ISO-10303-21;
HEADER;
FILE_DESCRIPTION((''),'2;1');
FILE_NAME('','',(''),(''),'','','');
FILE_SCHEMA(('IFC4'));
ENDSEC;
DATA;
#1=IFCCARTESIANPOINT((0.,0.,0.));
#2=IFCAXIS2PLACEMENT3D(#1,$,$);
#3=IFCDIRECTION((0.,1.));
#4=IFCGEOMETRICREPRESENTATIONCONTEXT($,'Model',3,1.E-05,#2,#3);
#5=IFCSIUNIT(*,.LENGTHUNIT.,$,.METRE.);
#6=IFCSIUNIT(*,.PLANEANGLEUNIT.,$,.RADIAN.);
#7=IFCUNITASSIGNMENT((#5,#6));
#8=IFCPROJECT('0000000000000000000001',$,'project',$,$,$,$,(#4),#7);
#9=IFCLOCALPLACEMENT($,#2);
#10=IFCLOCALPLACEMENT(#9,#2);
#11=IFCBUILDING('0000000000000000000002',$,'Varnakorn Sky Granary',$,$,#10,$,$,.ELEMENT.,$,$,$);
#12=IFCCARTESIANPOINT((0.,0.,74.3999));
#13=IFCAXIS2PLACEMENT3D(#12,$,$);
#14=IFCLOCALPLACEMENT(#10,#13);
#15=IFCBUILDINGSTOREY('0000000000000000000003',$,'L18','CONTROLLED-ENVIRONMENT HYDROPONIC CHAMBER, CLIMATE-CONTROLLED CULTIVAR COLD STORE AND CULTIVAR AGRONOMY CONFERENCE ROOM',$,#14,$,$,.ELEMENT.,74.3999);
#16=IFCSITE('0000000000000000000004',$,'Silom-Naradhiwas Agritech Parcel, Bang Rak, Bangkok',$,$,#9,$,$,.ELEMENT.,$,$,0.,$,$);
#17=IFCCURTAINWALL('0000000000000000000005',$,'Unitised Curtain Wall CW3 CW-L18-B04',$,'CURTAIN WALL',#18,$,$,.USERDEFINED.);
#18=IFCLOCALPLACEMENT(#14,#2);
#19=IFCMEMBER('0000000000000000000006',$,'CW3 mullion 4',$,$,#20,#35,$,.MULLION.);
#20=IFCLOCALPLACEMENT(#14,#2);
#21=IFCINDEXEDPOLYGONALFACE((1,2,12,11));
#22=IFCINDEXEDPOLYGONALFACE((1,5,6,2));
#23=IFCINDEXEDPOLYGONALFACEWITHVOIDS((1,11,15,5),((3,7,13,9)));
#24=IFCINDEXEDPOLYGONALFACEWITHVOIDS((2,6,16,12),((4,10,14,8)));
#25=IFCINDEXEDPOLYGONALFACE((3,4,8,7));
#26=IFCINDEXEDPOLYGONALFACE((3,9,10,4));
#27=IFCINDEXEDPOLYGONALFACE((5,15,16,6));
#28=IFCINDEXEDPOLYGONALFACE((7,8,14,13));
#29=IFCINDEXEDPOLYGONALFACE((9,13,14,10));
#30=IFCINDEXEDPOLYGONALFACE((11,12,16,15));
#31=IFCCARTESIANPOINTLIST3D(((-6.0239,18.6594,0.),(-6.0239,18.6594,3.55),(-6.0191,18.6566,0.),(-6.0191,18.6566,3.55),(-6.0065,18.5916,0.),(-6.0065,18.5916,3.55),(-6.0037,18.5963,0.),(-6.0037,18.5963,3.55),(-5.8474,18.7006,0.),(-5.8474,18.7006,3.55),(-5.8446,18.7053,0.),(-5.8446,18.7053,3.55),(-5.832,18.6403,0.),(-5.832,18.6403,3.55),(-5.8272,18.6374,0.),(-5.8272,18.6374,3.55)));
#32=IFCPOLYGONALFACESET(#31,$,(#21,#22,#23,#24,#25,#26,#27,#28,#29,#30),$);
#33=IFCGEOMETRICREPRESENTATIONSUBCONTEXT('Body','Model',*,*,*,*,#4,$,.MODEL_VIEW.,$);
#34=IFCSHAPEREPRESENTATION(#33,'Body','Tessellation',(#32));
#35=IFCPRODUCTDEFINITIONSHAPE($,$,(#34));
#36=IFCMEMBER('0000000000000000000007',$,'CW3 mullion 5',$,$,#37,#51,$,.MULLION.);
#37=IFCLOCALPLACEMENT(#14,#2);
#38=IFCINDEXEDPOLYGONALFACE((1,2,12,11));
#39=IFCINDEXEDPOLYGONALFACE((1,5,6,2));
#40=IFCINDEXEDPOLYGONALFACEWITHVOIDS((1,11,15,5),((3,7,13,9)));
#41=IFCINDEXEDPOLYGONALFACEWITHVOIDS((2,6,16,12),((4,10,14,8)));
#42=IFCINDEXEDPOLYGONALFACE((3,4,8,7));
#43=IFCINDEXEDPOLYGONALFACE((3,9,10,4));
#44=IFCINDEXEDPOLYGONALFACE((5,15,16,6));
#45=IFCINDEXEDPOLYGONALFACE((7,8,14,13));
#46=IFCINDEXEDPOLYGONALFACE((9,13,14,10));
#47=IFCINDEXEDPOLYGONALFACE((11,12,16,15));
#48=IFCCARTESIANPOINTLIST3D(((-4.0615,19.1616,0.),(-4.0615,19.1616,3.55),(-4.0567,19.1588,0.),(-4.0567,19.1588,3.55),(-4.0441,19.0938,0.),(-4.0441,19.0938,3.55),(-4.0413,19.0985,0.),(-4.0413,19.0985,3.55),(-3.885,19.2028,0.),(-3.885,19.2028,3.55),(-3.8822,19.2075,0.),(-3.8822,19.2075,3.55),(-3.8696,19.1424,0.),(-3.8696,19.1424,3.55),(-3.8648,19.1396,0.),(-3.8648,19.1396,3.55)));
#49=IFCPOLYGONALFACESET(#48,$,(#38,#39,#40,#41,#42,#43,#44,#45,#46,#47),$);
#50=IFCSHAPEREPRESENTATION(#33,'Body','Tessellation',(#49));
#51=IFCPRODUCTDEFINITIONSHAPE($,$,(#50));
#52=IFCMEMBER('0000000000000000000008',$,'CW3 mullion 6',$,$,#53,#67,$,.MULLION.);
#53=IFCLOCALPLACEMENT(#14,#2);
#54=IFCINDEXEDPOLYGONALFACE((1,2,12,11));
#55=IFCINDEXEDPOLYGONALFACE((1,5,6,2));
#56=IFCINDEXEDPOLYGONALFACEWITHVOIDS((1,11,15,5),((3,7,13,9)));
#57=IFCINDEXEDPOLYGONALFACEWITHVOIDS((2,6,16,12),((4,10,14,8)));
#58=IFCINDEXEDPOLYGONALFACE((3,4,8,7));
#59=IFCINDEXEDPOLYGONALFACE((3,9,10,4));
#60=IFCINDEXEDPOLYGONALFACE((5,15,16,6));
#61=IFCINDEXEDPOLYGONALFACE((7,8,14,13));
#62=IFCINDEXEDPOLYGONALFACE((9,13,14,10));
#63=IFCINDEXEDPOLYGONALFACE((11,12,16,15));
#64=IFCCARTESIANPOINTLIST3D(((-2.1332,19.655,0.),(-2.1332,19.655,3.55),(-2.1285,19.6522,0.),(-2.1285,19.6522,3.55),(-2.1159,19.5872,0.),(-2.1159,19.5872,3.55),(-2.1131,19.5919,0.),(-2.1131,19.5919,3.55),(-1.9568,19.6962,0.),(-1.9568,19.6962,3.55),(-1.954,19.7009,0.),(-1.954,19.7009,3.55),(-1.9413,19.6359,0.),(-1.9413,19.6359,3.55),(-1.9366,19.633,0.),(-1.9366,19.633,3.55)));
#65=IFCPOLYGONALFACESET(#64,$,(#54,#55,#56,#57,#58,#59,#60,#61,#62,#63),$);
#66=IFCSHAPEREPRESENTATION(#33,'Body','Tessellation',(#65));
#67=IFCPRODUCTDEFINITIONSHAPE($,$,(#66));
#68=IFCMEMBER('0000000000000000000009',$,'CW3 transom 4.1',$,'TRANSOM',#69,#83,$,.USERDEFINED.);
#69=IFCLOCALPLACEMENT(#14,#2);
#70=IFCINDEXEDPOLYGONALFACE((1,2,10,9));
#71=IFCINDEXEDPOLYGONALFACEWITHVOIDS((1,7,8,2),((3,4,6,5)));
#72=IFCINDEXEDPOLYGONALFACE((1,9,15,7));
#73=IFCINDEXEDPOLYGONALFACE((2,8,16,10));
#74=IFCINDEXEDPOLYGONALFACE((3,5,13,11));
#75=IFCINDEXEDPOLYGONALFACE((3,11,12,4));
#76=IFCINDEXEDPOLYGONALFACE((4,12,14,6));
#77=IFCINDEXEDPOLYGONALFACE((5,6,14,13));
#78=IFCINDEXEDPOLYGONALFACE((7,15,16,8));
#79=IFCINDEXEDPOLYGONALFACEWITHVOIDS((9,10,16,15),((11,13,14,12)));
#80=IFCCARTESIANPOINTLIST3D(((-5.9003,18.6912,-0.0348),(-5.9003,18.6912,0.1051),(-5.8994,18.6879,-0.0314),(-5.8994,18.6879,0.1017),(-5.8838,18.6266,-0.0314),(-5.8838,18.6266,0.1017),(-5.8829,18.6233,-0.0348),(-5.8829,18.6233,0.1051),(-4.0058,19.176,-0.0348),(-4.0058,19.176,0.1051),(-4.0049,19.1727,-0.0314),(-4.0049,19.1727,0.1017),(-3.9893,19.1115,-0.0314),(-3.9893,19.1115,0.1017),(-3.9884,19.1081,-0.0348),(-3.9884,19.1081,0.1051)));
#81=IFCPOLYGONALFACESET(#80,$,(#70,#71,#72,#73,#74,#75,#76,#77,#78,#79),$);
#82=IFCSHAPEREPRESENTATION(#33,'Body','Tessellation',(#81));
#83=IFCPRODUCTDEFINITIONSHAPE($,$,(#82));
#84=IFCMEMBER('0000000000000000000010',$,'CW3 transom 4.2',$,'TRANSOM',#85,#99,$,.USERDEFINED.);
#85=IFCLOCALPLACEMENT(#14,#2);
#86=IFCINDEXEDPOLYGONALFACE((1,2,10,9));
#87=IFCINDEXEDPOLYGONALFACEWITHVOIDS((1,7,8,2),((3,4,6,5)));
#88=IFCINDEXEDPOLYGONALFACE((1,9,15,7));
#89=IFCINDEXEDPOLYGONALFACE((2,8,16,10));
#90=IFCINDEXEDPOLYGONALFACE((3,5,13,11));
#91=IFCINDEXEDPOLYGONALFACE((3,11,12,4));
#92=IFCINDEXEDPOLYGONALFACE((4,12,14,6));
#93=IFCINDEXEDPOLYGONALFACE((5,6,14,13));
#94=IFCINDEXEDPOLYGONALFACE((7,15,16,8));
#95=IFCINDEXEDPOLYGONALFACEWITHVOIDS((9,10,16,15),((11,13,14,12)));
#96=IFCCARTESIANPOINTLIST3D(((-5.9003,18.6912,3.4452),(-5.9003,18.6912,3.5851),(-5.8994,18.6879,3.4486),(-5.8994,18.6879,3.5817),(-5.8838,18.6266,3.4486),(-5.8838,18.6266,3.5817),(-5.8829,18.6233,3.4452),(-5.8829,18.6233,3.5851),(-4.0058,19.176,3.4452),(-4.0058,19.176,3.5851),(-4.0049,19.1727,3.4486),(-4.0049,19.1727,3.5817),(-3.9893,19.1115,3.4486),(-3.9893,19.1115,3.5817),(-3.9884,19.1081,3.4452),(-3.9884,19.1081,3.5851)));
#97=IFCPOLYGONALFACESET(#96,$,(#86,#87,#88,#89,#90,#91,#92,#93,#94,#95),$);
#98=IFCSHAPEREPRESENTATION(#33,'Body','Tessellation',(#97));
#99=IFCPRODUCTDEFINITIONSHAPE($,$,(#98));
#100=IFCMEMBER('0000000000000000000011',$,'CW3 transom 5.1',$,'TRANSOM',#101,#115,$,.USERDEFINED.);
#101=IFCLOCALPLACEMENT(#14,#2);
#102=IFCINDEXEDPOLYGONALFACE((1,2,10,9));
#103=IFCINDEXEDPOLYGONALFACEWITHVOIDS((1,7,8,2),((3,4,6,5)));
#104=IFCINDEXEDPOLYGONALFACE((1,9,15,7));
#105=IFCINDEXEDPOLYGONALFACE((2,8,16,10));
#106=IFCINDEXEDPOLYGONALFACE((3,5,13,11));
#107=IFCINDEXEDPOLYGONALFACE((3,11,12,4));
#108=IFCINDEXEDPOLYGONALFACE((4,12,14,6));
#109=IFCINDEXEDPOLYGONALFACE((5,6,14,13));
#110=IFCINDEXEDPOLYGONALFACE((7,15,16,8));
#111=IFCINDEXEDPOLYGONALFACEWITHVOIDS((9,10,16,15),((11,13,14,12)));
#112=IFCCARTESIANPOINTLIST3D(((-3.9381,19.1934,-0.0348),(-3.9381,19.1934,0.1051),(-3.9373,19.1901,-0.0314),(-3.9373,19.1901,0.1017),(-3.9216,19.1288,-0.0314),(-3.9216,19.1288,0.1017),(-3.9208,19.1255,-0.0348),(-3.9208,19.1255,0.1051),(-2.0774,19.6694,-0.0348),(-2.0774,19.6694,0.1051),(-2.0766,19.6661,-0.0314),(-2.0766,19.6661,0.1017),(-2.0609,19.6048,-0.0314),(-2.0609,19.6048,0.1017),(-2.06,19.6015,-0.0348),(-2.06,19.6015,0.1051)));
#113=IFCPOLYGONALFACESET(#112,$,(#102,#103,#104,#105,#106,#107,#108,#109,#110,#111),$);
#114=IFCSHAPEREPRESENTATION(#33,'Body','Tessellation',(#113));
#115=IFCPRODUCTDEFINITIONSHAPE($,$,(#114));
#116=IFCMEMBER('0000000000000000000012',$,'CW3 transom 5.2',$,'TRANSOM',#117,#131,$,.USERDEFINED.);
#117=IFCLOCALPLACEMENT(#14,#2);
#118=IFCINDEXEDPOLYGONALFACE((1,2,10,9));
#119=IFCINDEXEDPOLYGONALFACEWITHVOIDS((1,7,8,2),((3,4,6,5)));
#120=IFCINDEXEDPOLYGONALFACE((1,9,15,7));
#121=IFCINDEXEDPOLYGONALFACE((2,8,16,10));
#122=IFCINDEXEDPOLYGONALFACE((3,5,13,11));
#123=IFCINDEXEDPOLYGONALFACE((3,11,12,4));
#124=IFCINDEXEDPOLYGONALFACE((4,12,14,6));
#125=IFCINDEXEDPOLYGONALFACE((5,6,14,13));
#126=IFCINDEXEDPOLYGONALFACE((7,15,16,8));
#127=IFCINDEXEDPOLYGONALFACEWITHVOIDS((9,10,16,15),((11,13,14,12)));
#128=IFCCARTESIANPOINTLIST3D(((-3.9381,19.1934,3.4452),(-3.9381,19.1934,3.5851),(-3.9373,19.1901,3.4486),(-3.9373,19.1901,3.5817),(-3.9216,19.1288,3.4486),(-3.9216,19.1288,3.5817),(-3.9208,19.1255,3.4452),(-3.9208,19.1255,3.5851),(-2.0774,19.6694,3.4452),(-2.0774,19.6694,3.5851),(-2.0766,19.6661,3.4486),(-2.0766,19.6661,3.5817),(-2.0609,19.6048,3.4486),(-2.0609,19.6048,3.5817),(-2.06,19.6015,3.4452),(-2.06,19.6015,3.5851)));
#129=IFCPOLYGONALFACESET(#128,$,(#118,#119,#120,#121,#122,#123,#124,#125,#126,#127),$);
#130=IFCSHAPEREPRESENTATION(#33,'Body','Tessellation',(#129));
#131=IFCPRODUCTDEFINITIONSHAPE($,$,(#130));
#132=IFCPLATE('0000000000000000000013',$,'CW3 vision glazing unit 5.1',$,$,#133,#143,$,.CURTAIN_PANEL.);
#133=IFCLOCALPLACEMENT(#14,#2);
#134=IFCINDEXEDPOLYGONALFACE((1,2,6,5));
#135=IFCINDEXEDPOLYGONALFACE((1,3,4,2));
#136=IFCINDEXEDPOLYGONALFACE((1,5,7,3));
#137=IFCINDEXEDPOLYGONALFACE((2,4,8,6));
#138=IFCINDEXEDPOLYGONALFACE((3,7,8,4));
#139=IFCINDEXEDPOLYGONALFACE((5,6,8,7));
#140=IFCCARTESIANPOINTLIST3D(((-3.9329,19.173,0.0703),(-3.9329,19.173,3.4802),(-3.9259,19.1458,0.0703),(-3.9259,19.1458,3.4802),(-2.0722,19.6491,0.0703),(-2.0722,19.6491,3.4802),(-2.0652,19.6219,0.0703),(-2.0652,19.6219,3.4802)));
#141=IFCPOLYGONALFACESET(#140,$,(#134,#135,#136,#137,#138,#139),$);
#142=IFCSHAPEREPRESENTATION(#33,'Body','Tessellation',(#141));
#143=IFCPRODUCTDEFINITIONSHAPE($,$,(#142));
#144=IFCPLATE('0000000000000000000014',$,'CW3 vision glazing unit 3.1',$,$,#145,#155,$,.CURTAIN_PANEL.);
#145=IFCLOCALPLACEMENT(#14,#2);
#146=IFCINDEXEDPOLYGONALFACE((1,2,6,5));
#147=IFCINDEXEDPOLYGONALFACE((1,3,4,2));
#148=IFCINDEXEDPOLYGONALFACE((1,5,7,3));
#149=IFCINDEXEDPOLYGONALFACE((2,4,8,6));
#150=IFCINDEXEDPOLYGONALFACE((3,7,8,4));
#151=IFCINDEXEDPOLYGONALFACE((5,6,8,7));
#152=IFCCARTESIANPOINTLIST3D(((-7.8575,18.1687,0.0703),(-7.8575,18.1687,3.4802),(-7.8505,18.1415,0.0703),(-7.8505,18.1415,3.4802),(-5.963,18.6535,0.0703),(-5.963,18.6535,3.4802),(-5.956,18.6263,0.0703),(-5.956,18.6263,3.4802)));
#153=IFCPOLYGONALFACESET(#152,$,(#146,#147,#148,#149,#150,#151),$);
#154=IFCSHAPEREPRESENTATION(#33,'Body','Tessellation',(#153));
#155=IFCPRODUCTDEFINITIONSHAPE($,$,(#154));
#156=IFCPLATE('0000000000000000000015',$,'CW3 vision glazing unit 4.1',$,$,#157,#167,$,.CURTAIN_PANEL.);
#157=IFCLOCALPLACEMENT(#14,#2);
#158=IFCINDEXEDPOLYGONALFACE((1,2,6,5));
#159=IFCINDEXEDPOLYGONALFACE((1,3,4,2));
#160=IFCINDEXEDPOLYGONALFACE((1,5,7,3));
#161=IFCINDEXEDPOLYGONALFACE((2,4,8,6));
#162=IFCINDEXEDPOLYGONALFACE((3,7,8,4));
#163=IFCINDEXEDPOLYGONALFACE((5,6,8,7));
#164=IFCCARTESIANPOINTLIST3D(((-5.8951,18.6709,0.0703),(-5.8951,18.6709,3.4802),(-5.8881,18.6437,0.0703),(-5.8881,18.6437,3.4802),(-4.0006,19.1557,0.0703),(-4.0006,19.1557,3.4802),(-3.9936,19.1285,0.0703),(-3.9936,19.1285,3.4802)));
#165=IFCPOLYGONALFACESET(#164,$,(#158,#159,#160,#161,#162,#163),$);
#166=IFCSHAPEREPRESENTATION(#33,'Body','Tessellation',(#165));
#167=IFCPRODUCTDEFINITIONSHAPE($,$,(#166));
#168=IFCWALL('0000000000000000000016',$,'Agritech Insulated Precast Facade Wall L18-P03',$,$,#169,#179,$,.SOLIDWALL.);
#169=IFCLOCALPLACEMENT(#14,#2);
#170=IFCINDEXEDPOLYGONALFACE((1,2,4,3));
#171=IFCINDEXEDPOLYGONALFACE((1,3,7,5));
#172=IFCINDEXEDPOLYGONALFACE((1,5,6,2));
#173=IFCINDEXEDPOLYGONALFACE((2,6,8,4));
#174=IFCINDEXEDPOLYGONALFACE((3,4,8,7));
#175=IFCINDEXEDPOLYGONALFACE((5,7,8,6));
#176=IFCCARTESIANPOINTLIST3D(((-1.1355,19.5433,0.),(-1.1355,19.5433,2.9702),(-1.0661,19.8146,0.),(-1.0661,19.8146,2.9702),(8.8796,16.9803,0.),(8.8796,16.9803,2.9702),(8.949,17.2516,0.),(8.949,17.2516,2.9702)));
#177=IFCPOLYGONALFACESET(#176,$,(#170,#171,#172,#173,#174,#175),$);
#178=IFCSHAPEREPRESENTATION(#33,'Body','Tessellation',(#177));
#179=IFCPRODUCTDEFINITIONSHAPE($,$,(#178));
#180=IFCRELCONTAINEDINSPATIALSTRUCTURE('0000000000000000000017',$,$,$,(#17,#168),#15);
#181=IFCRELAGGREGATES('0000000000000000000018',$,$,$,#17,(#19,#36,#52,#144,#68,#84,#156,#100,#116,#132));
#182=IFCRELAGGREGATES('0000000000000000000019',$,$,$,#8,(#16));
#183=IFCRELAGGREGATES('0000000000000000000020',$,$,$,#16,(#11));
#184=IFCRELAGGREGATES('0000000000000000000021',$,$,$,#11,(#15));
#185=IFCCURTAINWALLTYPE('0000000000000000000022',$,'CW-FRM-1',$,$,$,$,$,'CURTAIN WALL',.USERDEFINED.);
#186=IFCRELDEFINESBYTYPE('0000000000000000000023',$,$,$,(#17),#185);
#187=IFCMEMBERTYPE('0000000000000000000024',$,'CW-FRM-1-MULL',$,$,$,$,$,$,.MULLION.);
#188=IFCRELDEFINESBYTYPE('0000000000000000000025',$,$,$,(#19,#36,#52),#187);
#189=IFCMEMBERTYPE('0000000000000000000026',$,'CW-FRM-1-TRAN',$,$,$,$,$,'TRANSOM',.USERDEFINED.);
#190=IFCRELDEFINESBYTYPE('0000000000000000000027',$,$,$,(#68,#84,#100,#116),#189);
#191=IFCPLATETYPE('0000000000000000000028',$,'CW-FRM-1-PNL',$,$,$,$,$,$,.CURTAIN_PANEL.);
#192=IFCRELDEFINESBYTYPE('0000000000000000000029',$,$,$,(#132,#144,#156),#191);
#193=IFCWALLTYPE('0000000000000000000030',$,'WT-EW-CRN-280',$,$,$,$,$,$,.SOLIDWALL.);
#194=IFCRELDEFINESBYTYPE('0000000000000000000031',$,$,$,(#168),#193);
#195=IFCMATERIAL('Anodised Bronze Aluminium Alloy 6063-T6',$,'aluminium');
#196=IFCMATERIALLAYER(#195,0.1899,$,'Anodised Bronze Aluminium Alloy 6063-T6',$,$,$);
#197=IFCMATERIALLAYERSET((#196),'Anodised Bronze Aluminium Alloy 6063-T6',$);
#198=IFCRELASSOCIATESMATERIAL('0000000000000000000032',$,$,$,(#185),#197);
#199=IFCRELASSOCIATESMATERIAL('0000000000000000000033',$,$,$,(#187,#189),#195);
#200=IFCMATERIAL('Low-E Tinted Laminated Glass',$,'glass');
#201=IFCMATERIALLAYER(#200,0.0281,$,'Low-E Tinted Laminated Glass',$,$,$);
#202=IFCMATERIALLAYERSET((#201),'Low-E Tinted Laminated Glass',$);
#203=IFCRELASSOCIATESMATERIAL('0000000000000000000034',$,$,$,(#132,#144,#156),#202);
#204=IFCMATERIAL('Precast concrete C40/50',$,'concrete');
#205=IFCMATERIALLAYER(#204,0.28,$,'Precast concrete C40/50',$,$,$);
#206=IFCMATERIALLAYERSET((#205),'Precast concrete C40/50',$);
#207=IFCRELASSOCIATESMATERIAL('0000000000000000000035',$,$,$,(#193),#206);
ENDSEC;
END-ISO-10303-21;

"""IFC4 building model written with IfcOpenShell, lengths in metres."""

from ifc_helpers import new_model, si_unit, direction, frame, frame_2d, origin, origin_2d, place, context, subcontext, project, spatial, rectangle, hollow_rectangle, extrude, source, transform, mapped, material, layer, layer_set, material_profile, profile_set, type_object, type_shapes, element, aggregate, save


model = new_model("IFC4")

# Units and contexts
model_context = context("Model", 3, precision=1e-05, world=origin(), true_north=direction((0.0, 1.0)))
body_context = subcontext(model_context, "Body", "Model", "MODEL_VIEW")
ifc_project = project(units=[si_unit("LENGTHUNIT", "METRE"), si_unit("PLANEANGLEUNIT", "RADIAN")], contexts=[model_context])

# Site, building, storey
site_placement = place(None, origin())
site = spatial("IfcSite", under=ifc_project, at=site_placement, Name="Silom-Naradhiwas Agritech Parcel, Bang Rak, Bangkok", CompositionType="ELEMENT", RefElevation=0.0)
building_placement = place(site_placement, origin())
building = spatial("IfcBuilding", under=site, at=building_placement, Name="Varnakorn Sky Granary", CompositionType="ELEMENT")
storey_placement = place(building_placement, frame((0.0, 0.0, 74.3999)))
storey = spatial("IfcBuildingStorey", under=building, at=storey_placement, Name="L18", Description="CONTROLLED-ENVIRONMENT HYDROPONIC CHAMBER, CLIMATE-CONTROLLED CULTIVAR COLD STORE AND CULTIVAR AGRONOMY CONFERENCE ROOM", CompositionType="ELEMENT", Elevation=74.3999)

# Curtain wall, members, plates
ifc_material_1 = material(Name="Anodised Bronze Aluminium Alloy 6063-T6", Category="aluminium")
ifc_layer_1 = layer(ifc_material_1, 0.1899, Name="Anodised Bronze Aluminium Alloy 6063-T6")
ifc_layer_set_1 = layer_set([ifc_layer_1], Name="Anodised Bronze Aluminium Alloy 6063-T6")
curtain_wall_type = type_object("IfcCurtainWallType", Name="CW-FRM-1", ElementType="CURTAIN WALL", PredefinedType="USERDEFINED", material=ifc_layer_set_1)
curtain_wall_placement = place(storey_placement, origin())
curtain_wall = element("IfcCurtainWall", 1, at=curtain_wall_placement, inside=storey, type_object=curtain_wall_type, Name="Unitised Curtain Wall CW3 CW-L18-B04", ObjectType="CURTAIN WALL", PredefinedType="USERDEFINED")
ifc_material_profile_1 = material_profile(ifc_material_1, hollow_rectangle(XDim=0.0701, YDim=0.1851, WallThickness=0.0039, at=origin_2d()), Name="ALU MULL 70x185")
ifc_profile_set_1 = profile_set([ifc_material_profile_1], Name="Anodised Bronze Aluminium Alloy 6063-T6")
member_type_1 = type_object("IfcMemberType", Name="CW-FRM-1-MULL", PredefinedType="MULLION", material=ifc_profile_set_1)
member_1_placement = place(storey_placement, frame((-5.9255, 18.6484, 0.0), z_axis=(0.0, 0.0, 1.0), x_axis=(-0.247901, 0.968785, 0.0)))
member_1 = element("IfcMember", 2, at=member_1_placement, type_object=member_type_1, Name="CW3 mullion 4", PredefinedType="MULLION", context=body_context, shape_type="SweptSolid", body=[
    extrude(hollow_rectangle(XDim=0.0701, YDim=0.1851, WallThickness=0.0039, at=origin_2d()), origin(), (0.0, 0.0, 1.0), 3.55),
])
member_2_placement = place(storey_placement, frame((-3.9631, 19.1506, 0.0), z_axis=(0.0, 0.0, 1.0), x_axis=(-0.247901, 0.968785, 0.0)))
member_2 = element("IfcMember", 3, at=member_2_placement, type_object=member_type_1, Name="CW3 mullion 5", PredefinedType="MULLION", context=body_context, shape_type="SweptSolid", body=[
    extrude(hollow_rectangle(XDim=0.0701, YDim=0.1851, WallThickness=0.0039, at=origin_2d()), origin(), (0.0, 0.0, 1.0), 3.55),
])
member_3_placement = place(storey_placement, frame((-2.0349, 19.644, 0.0), z_axis=(0.0, 0.0, 1.0), x_axis=(-0.247901, 0.968785, 0.0)))
member_3 = element("IfcMember", 4, at=member_3_placement, type_object=member_type_1, Name="CW3 mullion 6", PredefinedType="MULLION", context=body_context, shape_type="SweptSolid", body=[
    extrude(hollow_rectangle(XDim=0.0701, YDim=0.1851, WallThickness=0.0039, at=origin_2d()), origin(), (0.0, 0.0, 1.0), 3.55),
])
ifc_material_profile_2 = material_profile(ifc_material_1, hollow_rectangle(XDim=0.0701, YDim=0.1399, WallThickness=0.0034, at=origin_2d()), Name="ALU TRAN 70x140")
ifc_profile_set_2 = profile_set([ifc_material_profile_2], Name="Anodised Bronze Aluminium Alloy 6063-T6")
member_type_2 = type_object("IfcMemberType", Name="CW-FRM-1-TRAN", ElementType="TRANSOM", PredefinedType="USERDEFINED", material=ifc_profile_set_2)
member_4_placement = place(storey_placement, frame((-5.8916, 18.6572, 0.0352), z_axis=(0.968776, 0.247937, 0.0), x_axis=(-0.247937, 0.968776, 0.0)))
member_4 = element("IfcMember", 5, at=member_4_placement, type_object=member_type_2, Name="CW3 transom 4.1", ObjectType="TRANSOM", PredefinedType="USERDEFINED", context=body_context, shape_type="SweptSolid", body=[
    extrude(hollow_rectangle(XDim=0.0701, YDim=0.1399, WallThickness=0.0034, at=origin_2d()), origin(), (0.0, 0.0, 1.0), 1.9556),
])
member_5_placement = place(storey_placement, frame((-5.8916, 18.6572, 3.5151), z_axis=(0.968776, 0.247937, 0.0), x_axis=(-0.247937, 0.968776, 0.0)))
member_5 = element("IfcMember", 6, at=member_5_placement, type_object=member_type_2, Name="CW3 transom 4.2", ObjectType="TRANSOM", PredefinedType="USERDEFINED", context=body_context, shape_type="SweptSolid", body=[
    extrude(hollow_rectangle(XDim=0.0701, YDim=0.1399, WallThickness=0.0034, at=origin_2d()), origin(), (0.0, 0.0, 1.0), 1.9556),
])
member_6_placement = place(storey_placement, frame((-3.9294, 19.1594, 0.0352), z_axis=(0.968797, 0.247855, 0.0), x_axis=(-0.247855, 0.968797, 0.0)))
member_6 = element("IfcMember", 7, at=member_6_placement, type_object=member_type_2, Name="CW3 transom 5.1", ObjectType="TRANSOM", PredefinedType="USERDEFINED", context=body_context, shape_type="SweptSolid", body=[
    extrude(hollow_rectangle(XDim=0.0701, YDim=0.1399, WallThickness=0.0034, at=origin_2d()), origin(), (0.0, 0.0, 1.0), 1.9207),
])
member_7_placement = place(storey_placement, frame((-3.9294, 19.1594, 3.5151), z_axis=(0.968797, 0.247855, 0.0), x_axis=(-0.247855, 0.968797, 0.0)))
member_7 = element("IfcMember", 8, at=member_7_placement, type_object=member_type_2, Name="CW3 transom 5.2", ObjectType="TRANSOM", PredefinedType="USERDEFINED", context=body_context, shape_type="SweptSolid", body=[
    extrude(hollow_rectangle(XDim=0.0701, YDim=0.1399, WallThickness=0.0034, at=origin_2d()), origin(), (0.0, 0.0, 1.0), 1.9207),
])
ifc_material_2 = material(Name="Low-E Tinted Laminated Glass", Category="glass")
ifc_layer_2 = layer(ifc_material_2, 0.0281, Name="Low-E Tinted Laminated Glass")
ifc_layer_set_2 = layer_set([ifc_layer_2], Name="Low-E Tinted Laminated Glass")
plate_type = type_object("IfcPlateType", Name="CW-FRM-1-PNL", PredefinedType="CURTAIN_PANEL")
shared_shape_1 = source(origin(), body_context, "Body", "SweptSolid", [
    extrude(rectangle(XDim=1.9207, YDim=0.0281, at=origin_2d()), origin(), (0.0, 0.0, 1.0), 3.4099),
])
plate_1_placement = place(storey_placement, frame((-2.999, 19.3975, 0.0703), z_axis=(0.0, 0.0, 1.0), x_axis=(0.968785, 0.247901, 0.0)))
plate_1 = element("IfcPlate", 9, at=plate_1_placement, type_object=plate_type, material=ifc_layer_set_2, Name="CW3 vision glazing unit 5.1", PredefinedType="CURTAIN_PANEL", context=body_context, shape_type="MappedRepresentation", body=[
    mapped(shared_shape_1, transform((0.0, 0.0, 0.0), x_axis=(1.0, 0.0, 0.0), y_axis=(0.0, 1.0, 0.0), z_axis=(0.0, 0.0, 1.0), scale=1.0)),
])
shared_shape_2 = source(origin(), body_context, "Body", "SweptSolid", [
    extrude(rectangle(XDim=1.9556, YDim=0.0281, at=origin_2d()), origin(), (0.0, 0.0, 1.0), 3.4099),
])
type_shapes(plate_type, [shared_shape_1, shared_shape_2])
plate_2_placement = place(storey_placement, frame((-6.9067, 18.3975, 0.0703), z_axis=(0.0, 0.0, 1.0), x_axis=(0.968785, 0.247901, 0.0)))
plate_2 = element("IfcPlate", 10, at=plate_2_placement, type_object=plate_type, material=ifc_layer_set_2, Name="CW3 vision glazing unit 3.1", PredefinedType="CURTAIN_PANEL", context=body_context, shape_type="MappedRepresentation", body=[
    mapped(shared_shape_2, transform((0.0, 0.0, 0.0), x_axis=(1.0, 0.0, 0.0), y_axis=(0.0, 1.0, 0.0), z_axis=(0.0, 0.0, 1.0), scale=1.0)),
])
plate_3_placement = place(storey_placement, frame((-4.9443, 18.8997, 0.0703), z_axis=(0.0, 0.0, 1.0), x_axis=(0.968785, 0.247901, 0.0)))
plate_3 = element("IfcPlate", 11, at=plate_3_placement, type_object=plate_type, material=ifc_layer_set_2, Name="CW3 vision glazing unit 4.1", PredefinedType="CURTAIN_PANEL", context=body_context, shape_type="MappedRepresentation", body=[
    mapped(shared_shape_2, transform((0.0, 0.0, 0.0), x_axis=(1.0, 0.0, 0.0), y_axis=(0.0, 1.0, 0.0), z_axis=(0.0, 0.0, 1.0), scale=1.0)),
])
aggregate(curtain_wall, [member_1, member_2, member_3, plate_2, member_4, member_5, plate_3, member_6, member_7, plate_1])

# Wall
ifc_material_3 = material(Name="Precast concrete C40/50", Category="concrete")
ifc_layer_3 = layer(ifc_material_3, 0.28, Name="Precast concrete C40/50")
ifc_layer_set_3 = layer_set([ifc_layer_3], Name="Precast concrete C40/50")
wall_type_1 = type_object("IfcWallType", Name="WT-EW-CRN-280", PredefinedType="SOLIDWALL", material=ifc_layer_set_3)
wall_1_placement = place(storey_placement, frame((-1.1008, 19.679, 0.0), z_axis=(0.0, 0.0, 1.0), x_axis=(0.96878, -0.247922, 0.0)))
element("IfcWall", 12, at=wall_1_placement, inside=storey, type_object=wall_type_1, Name="Agritech Insulated Precast Facade Wall L18-P03", PredefinedType="SOLIDWALL", context=body_context, shape_type="SweptSolid", body=[
    extrude(rectangle(XDim=10.3379, YDim=0.28, at=frame_2d((5.1689, 0.0))), origin(), (0.0, 0.0, 1.0), 2.9702),
])

save(model, "model.ifc")
